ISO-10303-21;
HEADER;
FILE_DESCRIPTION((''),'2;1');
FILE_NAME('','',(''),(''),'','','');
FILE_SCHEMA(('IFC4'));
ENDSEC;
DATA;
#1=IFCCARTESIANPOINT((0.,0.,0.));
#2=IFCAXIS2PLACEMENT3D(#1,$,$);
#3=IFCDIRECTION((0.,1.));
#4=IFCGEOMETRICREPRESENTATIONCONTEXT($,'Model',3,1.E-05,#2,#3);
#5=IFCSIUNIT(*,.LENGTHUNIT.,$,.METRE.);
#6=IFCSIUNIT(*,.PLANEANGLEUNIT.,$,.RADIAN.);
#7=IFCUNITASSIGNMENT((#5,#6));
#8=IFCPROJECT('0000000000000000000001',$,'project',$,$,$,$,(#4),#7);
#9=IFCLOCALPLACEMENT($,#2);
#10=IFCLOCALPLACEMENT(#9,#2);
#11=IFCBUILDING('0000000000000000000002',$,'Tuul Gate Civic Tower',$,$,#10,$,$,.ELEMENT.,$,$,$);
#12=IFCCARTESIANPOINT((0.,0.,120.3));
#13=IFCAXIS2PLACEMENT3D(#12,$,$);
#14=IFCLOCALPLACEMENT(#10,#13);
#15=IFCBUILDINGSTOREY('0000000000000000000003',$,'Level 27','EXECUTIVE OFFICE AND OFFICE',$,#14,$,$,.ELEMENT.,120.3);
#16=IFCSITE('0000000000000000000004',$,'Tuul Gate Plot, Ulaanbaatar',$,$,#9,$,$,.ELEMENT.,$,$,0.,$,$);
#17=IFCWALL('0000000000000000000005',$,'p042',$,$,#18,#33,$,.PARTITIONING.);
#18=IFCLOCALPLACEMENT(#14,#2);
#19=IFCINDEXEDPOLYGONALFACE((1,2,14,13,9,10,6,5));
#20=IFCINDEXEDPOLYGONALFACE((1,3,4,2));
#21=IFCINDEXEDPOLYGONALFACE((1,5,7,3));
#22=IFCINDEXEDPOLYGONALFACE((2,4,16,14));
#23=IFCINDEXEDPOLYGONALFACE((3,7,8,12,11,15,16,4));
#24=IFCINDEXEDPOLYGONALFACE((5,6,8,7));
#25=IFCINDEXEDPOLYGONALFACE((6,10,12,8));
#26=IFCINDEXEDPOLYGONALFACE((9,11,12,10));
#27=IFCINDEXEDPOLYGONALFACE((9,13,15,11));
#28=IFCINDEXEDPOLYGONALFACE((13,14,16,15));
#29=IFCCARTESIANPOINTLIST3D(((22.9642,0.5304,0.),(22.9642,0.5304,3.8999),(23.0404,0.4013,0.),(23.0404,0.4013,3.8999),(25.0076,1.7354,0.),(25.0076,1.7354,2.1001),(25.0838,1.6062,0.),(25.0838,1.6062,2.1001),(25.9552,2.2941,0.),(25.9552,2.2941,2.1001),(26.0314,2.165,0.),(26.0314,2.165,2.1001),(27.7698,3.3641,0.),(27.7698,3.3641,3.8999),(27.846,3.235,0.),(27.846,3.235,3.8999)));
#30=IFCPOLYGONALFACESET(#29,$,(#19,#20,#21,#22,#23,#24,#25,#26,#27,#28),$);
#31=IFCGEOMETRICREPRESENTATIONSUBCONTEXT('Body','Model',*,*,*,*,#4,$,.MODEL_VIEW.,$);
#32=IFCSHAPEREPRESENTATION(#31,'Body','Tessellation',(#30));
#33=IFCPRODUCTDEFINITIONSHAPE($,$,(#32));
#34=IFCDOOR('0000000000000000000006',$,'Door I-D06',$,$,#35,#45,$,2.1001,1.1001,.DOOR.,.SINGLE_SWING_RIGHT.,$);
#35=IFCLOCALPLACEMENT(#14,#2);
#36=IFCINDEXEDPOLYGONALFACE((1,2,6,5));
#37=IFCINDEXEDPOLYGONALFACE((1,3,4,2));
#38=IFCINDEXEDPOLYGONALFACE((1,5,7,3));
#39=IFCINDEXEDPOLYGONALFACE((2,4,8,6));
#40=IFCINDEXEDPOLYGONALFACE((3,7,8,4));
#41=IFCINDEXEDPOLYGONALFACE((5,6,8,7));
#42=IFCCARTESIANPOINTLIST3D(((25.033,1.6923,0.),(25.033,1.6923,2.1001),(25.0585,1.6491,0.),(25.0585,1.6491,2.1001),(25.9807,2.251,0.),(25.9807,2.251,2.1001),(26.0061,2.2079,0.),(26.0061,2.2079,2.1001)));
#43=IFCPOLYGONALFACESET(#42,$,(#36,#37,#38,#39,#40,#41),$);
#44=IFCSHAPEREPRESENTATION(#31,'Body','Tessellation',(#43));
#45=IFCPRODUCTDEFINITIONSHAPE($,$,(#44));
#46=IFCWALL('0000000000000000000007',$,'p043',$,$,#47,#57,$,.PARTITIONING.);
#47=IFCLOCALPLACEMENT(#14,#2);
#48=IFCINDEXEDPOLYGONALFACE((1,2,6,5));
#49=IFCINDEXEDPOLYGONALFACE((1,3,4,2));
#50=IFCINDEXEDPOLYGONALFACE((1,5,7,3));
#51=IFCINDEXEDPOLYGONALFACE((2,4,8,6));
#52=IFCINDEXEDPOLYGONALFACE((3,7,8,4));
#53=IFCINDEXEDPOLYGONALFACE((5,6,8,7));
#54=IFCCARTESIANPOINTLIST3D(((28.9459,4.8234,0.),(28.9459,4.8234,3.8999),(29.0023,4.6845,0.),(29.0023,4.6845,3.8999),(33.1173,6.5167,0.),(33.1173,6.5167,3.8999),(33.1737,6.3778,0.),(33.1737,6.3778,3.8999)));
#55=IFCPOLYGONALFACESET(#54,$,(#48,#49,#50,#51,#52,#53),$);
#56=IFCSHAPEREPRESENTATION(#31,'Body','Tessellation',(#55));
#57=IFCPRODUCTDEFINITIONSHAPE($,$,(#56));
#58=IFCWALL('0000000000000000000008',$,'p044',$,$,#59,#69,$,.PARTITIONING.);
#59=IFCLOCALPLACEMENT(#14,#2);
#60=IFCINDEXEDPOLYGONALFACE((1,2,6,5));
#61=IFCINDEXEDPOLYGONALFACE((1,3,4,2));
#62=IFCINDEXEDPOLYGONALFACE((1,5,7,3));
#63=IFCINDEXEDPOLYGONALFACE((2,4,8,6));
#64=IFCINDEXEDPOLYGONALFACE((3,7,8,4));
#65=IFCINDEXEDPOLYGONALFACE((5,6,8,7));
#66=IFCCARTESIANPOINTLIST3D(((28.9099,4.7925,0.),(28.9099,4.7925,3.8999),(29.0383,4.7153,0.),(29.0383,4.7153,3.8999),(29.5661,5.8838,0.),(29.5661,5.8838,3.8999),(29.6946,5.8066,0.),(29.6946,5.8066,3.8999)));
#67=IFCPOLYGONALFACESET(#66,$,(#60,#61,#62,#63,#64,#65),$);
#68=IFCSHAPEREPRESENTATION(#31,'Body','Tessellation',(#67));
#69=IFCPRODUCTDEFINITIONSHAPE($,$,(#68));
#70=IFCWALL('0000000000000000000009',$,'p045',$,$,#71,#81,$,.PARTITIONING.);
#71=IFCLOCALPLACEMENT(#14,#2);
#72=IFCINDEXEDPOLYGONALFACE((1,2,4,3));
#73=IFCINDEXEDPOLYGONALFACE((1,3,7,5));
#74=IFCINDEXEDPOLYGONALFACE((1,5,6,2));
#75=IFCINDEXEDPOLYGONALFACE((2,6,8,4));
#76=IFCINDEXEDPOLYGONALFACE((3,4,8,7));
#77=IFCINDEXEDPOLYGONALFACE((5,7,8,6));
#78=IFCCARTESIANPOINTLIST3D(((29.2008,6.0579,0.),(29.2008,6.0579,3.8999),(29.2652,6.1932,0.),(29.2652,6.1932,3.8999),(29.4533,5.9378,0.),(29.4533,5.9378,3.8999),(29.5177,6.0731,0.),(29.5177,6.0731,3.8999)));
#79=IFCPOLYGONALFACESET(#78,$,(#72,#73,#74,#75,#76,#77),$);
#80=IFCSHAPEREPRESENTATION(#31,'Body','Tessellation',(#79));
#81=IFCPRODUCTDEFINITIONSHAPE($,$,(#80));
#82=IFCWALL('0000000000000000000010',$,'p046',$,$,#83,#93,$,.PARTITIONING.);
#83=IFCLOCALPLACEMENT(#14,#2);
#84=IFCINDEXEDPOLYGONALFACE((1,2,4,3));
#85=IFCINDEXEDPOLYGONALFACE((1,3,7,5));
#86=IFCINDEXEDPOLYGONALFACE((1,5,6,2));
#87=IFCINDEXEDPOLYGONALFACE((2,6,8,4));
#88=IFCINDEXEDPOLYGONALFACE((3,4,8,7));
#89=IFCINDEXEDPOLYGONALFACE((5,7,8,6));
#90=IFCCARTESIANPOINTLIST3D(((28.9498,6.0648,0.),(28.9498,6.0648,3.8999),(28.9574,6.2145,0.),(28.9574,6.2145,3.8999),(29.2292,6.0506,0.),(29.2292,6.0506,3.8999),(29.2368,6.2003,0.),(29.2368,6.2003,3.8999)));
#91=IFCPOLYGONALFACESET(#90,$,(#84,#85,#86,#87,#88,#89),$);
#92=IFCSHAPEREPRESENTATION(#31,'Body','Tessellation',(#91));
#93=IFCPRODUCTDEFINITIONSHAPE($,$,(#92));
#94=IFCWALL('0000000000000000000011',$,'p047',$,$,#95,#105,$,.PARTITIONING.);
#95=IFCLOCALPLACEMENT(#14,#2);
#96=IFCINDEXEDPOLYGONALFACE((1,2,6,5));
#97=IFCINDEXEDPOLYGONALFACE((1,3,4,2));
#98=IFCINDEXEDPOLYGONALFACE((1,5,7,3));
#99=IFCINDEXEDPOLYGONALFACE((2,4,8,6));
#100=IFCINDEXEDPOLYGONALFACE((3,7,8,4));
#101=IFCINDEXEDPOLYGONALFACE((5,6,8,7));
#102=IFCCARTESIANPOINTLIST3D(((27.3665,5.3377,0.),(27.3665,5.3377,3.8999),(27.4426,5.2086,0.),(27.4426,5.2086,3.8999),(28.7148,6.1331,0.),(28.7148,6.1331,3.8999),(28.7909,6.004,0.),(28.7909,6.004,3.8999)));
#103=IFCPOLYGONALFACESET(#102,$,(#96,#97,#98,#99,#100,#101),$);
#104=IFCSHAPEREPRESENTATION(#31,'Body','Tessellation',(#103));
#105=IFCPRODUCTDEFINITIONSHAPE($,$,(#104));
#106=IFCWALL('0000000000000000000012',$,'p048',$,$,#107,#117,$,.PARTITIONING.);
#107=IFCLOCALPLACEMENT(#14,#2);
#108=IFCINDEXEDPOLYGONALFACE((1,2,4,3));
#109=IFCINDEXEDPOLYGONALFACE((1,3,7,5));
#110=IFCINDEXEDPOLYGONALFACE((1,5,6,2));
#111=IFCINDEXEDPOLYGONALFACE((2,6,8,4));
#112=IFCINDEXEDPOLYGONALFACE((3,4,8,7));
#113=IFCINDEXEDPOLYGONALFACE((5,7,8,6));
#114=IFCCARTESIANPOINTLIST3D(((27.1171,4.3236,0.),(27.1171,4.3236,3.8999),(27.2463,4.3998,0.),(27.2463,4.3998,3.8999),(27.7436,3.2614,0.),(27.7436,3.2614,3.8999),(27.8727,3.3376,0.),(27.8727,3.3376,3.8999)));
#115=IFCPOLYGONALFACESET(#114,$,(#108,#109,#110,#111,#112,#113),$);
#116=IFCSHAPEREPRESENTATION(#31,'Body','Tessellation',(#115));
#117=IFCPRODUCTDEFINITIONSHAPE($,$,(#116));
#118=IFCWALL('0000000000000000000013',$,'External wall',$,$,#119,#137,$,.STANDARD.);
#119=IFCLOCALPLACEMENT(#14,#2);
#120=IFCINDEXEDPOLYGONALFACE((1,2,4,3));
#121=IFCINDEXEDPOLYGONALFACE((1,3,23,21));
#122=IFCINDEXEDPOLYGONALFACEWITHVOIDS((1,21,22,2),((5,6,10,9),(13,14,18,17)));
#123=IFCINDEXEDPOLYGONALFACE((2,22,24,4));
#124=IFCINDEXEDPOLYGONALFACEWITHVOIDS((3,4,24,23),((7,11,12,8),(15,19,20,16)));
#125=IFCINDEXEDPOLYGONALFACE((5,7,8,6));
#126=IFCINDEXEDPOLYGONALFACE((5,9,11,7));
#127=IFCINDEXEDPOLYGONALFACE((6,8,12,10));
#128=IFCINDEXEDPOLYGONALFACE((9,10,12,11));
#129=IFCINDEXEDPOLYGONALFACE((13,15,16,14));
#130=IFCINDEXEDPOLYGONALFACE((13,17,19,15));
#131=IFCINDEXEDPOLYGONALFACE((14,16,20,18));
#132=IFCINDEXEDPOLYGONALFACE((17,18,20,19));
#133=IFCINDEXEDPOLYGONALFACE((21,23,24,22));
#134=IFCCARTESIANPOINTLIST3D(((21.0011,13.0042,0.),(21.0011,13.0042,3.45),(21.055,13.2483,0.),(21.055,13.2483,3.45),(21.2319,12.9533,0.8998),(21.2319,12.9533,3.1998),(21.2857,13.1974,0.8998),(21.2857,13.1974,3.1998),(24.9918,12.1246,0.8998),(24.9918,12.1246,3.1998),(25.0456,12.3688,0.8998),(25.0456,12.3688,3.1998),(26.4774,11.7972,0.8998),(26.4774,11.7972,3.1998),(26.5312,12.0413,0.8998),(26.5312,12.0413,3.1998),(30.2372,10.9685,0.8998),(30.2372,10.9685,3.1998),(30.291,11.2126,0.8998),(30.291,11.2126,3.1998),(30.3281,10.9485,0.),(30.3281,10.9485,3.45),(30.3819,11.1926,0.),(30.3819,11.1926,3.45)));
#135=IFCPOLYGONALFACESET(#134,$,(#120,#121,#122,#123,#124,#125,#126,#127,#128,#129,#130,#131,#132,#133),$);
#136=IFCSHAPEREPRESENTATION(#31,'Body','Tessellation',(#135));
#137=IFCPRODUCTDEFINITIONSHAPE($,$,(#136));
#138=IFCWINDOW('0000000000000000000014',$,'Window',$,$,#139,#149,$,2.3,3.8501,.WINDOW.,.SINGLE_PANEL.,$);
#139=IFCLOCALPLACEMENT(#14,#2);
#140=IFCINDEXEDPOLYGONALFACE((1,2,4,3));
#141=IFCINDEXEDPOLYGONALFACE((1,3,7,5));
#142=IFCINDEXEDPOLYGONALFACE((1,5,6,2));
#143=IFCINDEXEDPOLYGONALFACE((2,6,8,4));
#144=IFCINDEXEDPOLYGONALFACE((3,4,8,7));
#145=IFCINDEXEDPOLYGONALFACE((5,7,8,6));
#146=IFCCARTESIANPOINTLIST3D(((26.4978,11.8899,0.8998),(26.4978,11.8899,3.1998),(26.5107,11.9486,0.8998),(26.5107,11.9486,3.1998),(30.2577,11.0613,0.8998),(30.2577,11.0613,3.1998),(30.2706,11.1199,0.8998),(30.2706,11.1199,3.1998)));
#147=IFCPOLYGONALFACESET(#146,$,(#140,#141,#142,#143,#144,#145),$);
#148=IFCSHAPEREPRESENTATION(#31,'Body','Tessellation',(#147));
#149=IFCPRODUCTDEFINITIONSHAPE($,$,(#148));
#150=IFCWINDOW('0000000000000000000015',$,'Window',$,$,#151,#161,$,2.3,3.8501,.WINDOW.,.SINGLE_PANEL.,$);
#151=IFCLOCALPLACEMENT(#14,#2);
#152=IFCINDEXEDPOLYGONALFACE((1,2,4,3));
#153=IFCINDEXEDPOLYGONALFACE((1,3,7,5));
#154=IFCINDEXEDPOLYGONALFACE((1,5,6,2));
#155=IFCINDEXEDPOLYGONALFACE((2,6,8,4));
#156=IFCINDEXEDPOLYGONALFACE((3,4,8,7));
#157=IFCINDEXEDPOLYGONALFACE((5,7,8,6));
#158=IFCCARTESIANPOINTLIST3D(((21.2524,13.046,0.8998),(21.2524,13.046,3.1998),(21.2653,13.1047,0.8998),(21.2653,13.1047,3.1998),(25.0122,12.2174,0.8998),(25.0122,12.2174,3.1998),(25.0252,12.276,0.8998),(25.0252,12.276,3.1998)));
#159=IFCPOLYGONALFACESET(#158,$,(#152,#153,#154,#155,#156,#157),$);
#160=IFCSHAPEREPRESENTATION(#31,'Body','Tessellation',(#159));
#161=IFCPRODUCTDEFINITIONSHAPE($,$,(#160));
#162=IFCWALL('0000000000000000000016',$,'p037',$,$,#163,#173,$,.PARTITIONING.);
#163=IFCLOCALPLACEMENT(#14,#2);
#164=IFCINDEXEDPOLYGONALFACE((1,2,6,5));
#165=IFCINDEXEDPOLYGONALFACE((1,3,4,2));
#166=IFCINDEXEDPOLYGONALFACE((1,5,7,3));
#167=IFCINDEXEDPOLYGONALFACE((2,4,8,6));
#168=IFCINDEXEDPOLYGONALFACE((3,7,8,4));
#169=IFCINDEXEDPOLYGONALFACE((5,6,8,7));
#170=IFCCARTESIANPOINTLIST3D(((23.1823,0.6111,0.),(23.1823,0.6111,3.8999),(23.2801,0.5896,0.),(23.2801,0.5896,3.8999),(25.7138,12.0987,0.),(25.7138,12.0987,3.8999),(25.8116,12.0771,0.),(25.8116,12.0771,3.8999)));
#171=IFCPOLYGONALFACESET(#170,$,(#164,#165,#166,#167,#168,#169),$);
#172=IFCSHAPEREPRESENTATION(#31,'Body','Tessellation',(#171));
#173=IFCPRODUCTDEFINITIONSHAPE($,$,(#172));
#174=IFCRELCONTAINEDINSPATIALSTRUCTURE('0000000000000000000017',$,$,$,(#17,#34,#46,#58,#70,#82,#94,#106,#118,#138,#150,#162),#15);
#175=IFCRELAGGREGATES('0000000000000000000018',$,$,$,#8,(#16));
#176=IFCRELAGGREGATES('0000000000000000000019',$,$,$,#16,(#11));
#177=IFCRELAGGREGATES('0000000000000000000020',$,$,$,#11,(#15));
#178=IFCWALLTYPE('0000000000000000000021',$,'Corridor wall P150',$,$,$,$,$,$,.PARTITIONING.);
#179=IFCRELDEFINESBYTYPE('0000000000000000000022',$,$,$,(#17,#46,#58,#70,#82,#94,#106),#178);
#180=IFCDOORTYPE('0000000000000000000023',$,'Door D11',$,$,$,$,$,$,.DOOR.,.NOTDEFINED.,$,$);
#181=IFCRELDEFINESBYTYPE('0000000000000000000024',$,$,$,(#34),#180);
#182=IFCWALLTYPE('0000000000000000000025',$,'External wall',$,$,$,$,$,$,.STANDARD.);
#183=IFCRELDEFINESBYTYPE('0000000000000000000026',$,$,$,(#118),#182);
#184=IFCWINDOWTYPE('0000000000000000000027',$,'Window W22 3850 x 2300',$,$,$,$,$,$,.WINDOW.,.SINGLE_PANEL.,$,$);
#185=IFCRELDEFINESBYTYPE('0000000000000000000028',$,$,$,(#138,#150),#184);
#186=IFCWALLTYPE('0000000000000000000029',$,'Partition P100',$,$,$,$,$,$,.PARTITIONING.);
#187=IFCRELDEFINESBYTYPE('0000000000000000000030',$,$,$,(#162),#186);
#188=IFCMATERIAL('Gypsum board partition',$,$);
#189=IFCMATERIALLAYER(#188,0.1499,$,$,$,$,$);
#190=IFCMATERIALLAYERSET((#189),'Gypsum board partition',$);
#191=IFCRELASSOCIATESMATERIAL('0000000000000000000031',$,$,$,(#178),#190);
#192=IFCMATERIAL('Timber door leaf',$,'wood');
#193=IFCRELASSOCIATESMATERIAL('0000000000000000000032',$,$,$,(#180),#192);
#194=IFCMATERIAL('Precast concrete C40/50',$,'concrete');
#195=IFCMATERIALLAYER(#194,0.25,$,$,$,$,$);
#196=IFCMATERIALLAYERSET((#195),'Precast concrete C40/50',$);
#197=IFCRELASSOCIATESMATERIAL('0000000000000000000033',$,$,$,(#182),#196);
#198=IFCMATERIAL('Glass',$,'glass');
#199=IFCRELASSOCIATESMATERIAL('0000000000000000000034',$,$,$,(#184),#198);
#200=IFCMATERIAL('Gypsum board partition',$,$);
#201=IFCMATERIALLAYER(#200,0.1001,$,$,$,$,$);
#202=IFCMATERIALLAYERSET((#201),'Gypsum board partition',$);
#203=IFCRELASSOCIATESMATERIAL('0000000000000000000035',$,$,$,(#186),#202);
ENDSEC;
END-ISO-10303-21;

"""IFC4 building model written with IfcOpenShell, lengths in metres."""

from ifc_helpers import new_model, si_unit, direction, frame, frame_2d, origin, place, context, subcontext, project, spatial, rectangle, extrude, material, layer, layer_set, type_object, element, fill, save


model = new_model("IFC4")

# Units and contexts
model_context = context("Model", 3, precision=1e-05, world=origin(), true_north=direction((0.0, 1.0)))
body_context = subcontext(model_context, "Body", "Model", "MODEL_VIEW")
ifc_project = project(units=[si_unit("LENGTHUNIT", "METRE"), si_unit("PLANEANGLEUNIT", "RADIAN")], contexts=[model_context])

# Site, building, storey
site_placement = place(None, origin())
site = spatial("IfcSite", under=ifc_project, at=site_placement, Name="Tuul Gate Plot, Ulaanbaatar", CompositionType="ELEMENT", RefElevation=0.0)
building_placement = place(site_placement, origin())
building = spatial("IfcBuilding", under=site, at=building_placement, Name="Tuul Gate Civic Tower", CompositionType="ELEMENT")
storey_placement = place(building_placement, frame((0.0, 0.0, 120.3)))
storey = spatial("IfcBuildingStorey", under=building, at=storey_placement, Name="Level 27", Description="EXECUTIVE OFFICE AND OFFICE", CompositionType="ELEMENT", Elevation=120.3)

# Shared definitions
ifc_material_1 = material(Name="Gypsum board partition")
ifc_layer_1 = layer(ifc_material_1, 0.1499)
ifc_layer_set_1 = layer_set([ifc_layer_1], Name="Gypsum board partition")
wall_type_1 = type_object("IfcWallType", Name="Corridor wall P150", PredefinedType="PARTITIONING", material=ifc_layer_set_1)

# Wall, opening, door
wall_1_placement = place(storey_placement, frame((23.0022, 0.4658, 0.0), z_axis=(0.0, 0.0, 1.0), x_axis=(0.861395, 0.507936, 0.0)))
wall_1 = element("IfcWall", 1, at=wall_1_placement, inside=storey, type_object=wall_type_1, Name="p042", PredefinedType="PARTITIONING", context=body_context, shape_type="SweptSolid", body=[
    extrude(rectangle(XDim=5.5789, YDim=0.1499, at=frame_2d((2.7896, 0.0))), origin(), (0.0, 0.0, 1.0), 3.8999),
])
opening_1_placement = place(wall_1_placement, frame((2.3723, 0.0, 0.0)))
opening_1 = element("IfcOpeningElement", 2, at=opening_1_placement, cuts=wall_1, PredefinedType="OPENING", context=body_context, shape_type="SweptSolid", body=[
    extrude(rectangle(XDim=1.1001, YDim=2.1001, at=frame_2d((0.55, 1.05))), frame((0.0, 0.085, 0.0), z_axis=(0.0, -1.0, 0.0), x_axis=(1.0, 0.0, 0.0)), (0.0, 0.0, 1.0), 0.1699),
])
ifc_material_2 = material(Name="Timber door leaf", Category="wood")
door_type = type_object("IfcDoorType", Name="Door D11", OperationType="NOTDEFINED", PredefinedType="DOOR", material=ifc_material_2)
door_placement = place(opening_1_placement, origin())
door = element("IfcDoor", 3, at=door_placement, inside=storey, type_object=door_type, Name="Door I-D06", OperationType="SINGLE_SWING_RIGHT", OverallHeight=2.1001, OverallWidth=1.1001, PredefinedType="DOOR", context=body_context, shape_type="SweptSolid", body=[
    extrude(rectangle(XDim=1.1001, YDim=2.1001, at=frame_2d((0.55, 1.05))), frame((0.0, 0.0249, 0.0), z_axis=(0.0, -1.0, 0.0), x_axis=(1.0, 0.0, 0.0)), (0.0, 0.0, 1.0), 0.05),
])
fill(opening_1, door)

# Walls
wall_2_placement = place(storey_placement, frame((28.9741, 4.7539, 0.0), z_axis=(0.0, 0.0, 1.0), x_axis=(0.926565, 0.376136, 0.0)))
element("IfcWall", 4, at=wall_2_placement, inside=storey, type_object=wall_type_1, Name="p043", PredefinedType="PARTITIONING", context=body_context, shape_type="SweptSolid", body=[
    extrude(rectangle(XDim=4.502, YDim=0.1499, at=frame_2d((2.251, 0.0))), origin(), (0.0, 0.0, 1.0), 3.8999),
])
wall_3_placement = place(storey_placement, frame((29.6304, 5.8452, 0.0), z_axis=(0.0, 0.0, 1.0), x_axis=(-0.515341, -0.856985, 0.0)))
element("IfcWall", 5, at=wall_3_placement, inside=storey, type_object=wall_type_1, Name="p044", PredefinedType="PARTITIONING", context=body_context, shape_type="SweptSolid", body=[
    extrude(rectangle(XDim=1.2734, YDim=0.1499, at=frame_2d((0.6367, 0.0))), origin(), (0.0, 0.0, 1.0), 3.8999),
])
wall_4_placement = place(storey_placement, frame((29.2332, 6.1255, 0.0), z_axis=(0.0, 0.0, 1.0), x_axis=(0.90299, -0.429662, 0.0)))
element("IfcWall", 6, at=wall_4_placement, inside=storey, type_object=wall_type_1, Name="p045", PredefinedType="PARTITIONING", context=body_context, shape_type="SweptSolid", body=[
    extrude(rectangle(XDim=0.2795, YDim=0.1499, at=frame_2d((0.1396, 0.0))), origin(), (0.0, 0.0, 1.0), 3.8999),
])
wall_5_placement = place(storey_placement, frame((28.9536, 6.1396, 0.0), z_axis=(0.0, 0.0, 1.0), x_axis=(0.998719, -0.05059, 0.0)))
element("IfcWall", 7, at=wall_5_placement, inside=storey, type_object=wall_type_1, Name="p046", PredefinedType="PARTITIONING", context=body_context, shape_type="SweptSolid", body=[
    extrude(rectangle(XDim=0.2798, YDim=0.1499, at=frame_2d((0.1399, 0.0))), origin(), (0.0, 0.0, 1.0), 3.8999),
])
wall_6_placement = place(storey_placement, frame((27.4045, 5.2732, 0.0), z_axis=(0.0, 0.0, 1.0), x_axis=(0.861308, 0.508083, 0.0)))
element("IfcWall", 8, at=wall_6_placement, inside=storey, type_object=wall_type_1, Name="p047", PredefinedType="PARTITIONING", context=body_context, shape_type="SweptSolid", body=[
    extrude(rectangle(XDim=1.5654, YDim=0.1499, at=frame_2d((0.7827, 0.0))), origin(), (0.0, 0.0, 1.0), 3.8999),
])
wall_7_placement = place(storey_placement, frame((27.1816, 4.3618, 0.0), z_axis=(0.0, 0.0, 1.0), x_axis=(0.507989, -0.861364, 0.0)))
element("IfcWall", 9, at=wall_7_placement, inside=storey, type_object=wall_type_1, Name="p048", PredefinedType="PARTITIONING", context=body_context, shape_type="SweptSolid", body=[
    extrude(rectangle(XDim=1.2332, YDim=0.1499, at=frame_2d((0.6167, 0.0))), origin(), (0.0, 0.0, 1.0), 3.8999),
])

# Wall, openings, windows
ifc_material_3 = material(Name="Precast concrete C40/50", Category="concrete")
ifc_layer_2 = layer(ifc_material_3, 0.25)
ifc_layer_set_2 = layer_set([ifc_layer_2], Name="Precast concrete C40/50")
wall_type_2 = type_object("IfcWallType", Name="External wall", PredefinedType="STANDARD", material=ifc_layer_set_2)
wall_8_placement = place(storey_placement, frame((30.355, 11.0706, 0.0), z_axis=(0.0, 0.0, 1.0), x_axis=(-0.976562, 0.215236, 0.0)))
wall_8 = element("IfcWall", 10, at=wall_8_placement, inside=storey, type_object=wall_type_2, Name="External wall", PredefinedType="STANDARD", context=body_context, shape_type="SweptSolid", body=[
    extrude(rectangle(XDim=9.5508, YDim=0.25, at=frame_2d((4.7754, 0.0))), origin(), (0.0, 0.0, 1.0), 3.45),
])
opening_2_placement = place(wall_8_placement, frame((0.093, 0.0, 0.8999)))
opening_2 = element("IfcOpeningElement", 11, at=opening_2_placement, cuts=wall_8, PredefinedType="OPENING", context=body_context, shape_type="SweptSolid", body=[
    extrude(rectangle(XDim=3.8501, YDim=2.3, at=frame_2d((1.925, 1.1499))), frame((0.0, 0.135, 0.0), z_axis=(0.0, -1.0, 0.0), x_axis=(1.0, 0.0, 0.0)), (0.0, 0.0, 1.0), 0.27),
])
opening_3_placement = place(wall_8_placement, frame((5.4644, 0.0, 0.8999)))
opening_3 = element("IfcOpeningElement", 12, at=opening_3_placement, cuts=wall_8, PredefinedType="OPENING", context=body_context, shape_type="SweptSolid", body=[
    extrude(rectangle(XDim=3.8501, YDim=2.3, at=frame_2d((1.925, 1.1499))), frame((0.0, 0.135, 0.0), z_axis=(0.0, -1.0, 0.0), x_axis=(1.0, 0.0, 0.0)), (0.0, 0.0, 1.0), 0.27),
])
ifc_material_4 = material(Name="Glass", Category="glass")
window_type = type_object("IfcWindowType", Name="Window W22 3850 x 2300", PartitioningType="SINGLE_PANEL", PredefinedType="WINDOW", material=ifc_material_4)
window_1_placement = place(opening_2_placement, origin())
window_1 = element("IfcWindow", 13, at=window_1_placement, inside=storey, type_object=window_type, Name="Window", OverallHeight=2.3, OverallWidth=3.8501, PartitioningType="SINGLE_PANEL", PredefinedType="WINDOW", context=body_context, shape_type="SweptSolid", body=[
    extrude(rectangle(XDim=3.8501, YDim=2.3, at=frame_2d((1.925, 1.1499))), frame((0.0, 0.03, 0.0), z_axis=(0.0, -1.0, 0.0), x_axis=(1.0, 0.0, 0.0)), (0.0, 0.0, 1.0), 0.0601),
])
fill(opening_2, window_1)
window_2_placement = place(opening_3_placement, origin())
window_2 = element("IfcWindow", 14, at=window_2_placement, inside=storey, type_object=window_type, Name="Window", OverallHeight=2.3, OverallWidth=3.8501, PartitioningType="SINGLE_PANEL", PredefinedType="WINDOW", context=body_context, shape_type="SweptSolid", body=[
    extrude(rectangle(XDim=3.8501, YDim=2.3, at=frame_2d((1.925, 1.1499))), frame((0.0, 0.03, 0.0), z_axis=(0.0, -1.0, 0.0), x_axis=(1.0, 0.0, 0.0)), (0.0, 0.0, 1.0), 0.0601),
])
fill(opening_3, window_2)

# Wall
ifc_material_5 = material(Name="Gypsum board partition")
ifc_layer_3 = layer(ifc_material_5, 0.1001)
ifc_layer_set_3 = layer_set([ifc_layer_3], Name="Gypsum board partition")
wall_type_3 = type_object("IfcWallType", Name="Partition P100", PredefinedType="PARTITIONING", material=ifc_layer_set_3)
wall_9_placement = place(storey_placement, frame((23.2312, 0.6003, 0.0), z_axis=(0.0, 0.0, 1.0), x_axis=(0.215205, 0.976569, 0.0)))
element("IfcWall", 15, at=wall_9_placement, inside=storey, type_object=wall_type_3, Name="p037", PredefinedType="PARTITIONING", context=body_context, shape_type="SweptSolid", body=[
    extrude(rectangle(XDim=11.7632, YDim=0.1001, at=frame_2d((5.8816, 0.0))), origin(), (0.0, 0.0, 1.0), 3.8999),
])

save(model, "model.ifc")
